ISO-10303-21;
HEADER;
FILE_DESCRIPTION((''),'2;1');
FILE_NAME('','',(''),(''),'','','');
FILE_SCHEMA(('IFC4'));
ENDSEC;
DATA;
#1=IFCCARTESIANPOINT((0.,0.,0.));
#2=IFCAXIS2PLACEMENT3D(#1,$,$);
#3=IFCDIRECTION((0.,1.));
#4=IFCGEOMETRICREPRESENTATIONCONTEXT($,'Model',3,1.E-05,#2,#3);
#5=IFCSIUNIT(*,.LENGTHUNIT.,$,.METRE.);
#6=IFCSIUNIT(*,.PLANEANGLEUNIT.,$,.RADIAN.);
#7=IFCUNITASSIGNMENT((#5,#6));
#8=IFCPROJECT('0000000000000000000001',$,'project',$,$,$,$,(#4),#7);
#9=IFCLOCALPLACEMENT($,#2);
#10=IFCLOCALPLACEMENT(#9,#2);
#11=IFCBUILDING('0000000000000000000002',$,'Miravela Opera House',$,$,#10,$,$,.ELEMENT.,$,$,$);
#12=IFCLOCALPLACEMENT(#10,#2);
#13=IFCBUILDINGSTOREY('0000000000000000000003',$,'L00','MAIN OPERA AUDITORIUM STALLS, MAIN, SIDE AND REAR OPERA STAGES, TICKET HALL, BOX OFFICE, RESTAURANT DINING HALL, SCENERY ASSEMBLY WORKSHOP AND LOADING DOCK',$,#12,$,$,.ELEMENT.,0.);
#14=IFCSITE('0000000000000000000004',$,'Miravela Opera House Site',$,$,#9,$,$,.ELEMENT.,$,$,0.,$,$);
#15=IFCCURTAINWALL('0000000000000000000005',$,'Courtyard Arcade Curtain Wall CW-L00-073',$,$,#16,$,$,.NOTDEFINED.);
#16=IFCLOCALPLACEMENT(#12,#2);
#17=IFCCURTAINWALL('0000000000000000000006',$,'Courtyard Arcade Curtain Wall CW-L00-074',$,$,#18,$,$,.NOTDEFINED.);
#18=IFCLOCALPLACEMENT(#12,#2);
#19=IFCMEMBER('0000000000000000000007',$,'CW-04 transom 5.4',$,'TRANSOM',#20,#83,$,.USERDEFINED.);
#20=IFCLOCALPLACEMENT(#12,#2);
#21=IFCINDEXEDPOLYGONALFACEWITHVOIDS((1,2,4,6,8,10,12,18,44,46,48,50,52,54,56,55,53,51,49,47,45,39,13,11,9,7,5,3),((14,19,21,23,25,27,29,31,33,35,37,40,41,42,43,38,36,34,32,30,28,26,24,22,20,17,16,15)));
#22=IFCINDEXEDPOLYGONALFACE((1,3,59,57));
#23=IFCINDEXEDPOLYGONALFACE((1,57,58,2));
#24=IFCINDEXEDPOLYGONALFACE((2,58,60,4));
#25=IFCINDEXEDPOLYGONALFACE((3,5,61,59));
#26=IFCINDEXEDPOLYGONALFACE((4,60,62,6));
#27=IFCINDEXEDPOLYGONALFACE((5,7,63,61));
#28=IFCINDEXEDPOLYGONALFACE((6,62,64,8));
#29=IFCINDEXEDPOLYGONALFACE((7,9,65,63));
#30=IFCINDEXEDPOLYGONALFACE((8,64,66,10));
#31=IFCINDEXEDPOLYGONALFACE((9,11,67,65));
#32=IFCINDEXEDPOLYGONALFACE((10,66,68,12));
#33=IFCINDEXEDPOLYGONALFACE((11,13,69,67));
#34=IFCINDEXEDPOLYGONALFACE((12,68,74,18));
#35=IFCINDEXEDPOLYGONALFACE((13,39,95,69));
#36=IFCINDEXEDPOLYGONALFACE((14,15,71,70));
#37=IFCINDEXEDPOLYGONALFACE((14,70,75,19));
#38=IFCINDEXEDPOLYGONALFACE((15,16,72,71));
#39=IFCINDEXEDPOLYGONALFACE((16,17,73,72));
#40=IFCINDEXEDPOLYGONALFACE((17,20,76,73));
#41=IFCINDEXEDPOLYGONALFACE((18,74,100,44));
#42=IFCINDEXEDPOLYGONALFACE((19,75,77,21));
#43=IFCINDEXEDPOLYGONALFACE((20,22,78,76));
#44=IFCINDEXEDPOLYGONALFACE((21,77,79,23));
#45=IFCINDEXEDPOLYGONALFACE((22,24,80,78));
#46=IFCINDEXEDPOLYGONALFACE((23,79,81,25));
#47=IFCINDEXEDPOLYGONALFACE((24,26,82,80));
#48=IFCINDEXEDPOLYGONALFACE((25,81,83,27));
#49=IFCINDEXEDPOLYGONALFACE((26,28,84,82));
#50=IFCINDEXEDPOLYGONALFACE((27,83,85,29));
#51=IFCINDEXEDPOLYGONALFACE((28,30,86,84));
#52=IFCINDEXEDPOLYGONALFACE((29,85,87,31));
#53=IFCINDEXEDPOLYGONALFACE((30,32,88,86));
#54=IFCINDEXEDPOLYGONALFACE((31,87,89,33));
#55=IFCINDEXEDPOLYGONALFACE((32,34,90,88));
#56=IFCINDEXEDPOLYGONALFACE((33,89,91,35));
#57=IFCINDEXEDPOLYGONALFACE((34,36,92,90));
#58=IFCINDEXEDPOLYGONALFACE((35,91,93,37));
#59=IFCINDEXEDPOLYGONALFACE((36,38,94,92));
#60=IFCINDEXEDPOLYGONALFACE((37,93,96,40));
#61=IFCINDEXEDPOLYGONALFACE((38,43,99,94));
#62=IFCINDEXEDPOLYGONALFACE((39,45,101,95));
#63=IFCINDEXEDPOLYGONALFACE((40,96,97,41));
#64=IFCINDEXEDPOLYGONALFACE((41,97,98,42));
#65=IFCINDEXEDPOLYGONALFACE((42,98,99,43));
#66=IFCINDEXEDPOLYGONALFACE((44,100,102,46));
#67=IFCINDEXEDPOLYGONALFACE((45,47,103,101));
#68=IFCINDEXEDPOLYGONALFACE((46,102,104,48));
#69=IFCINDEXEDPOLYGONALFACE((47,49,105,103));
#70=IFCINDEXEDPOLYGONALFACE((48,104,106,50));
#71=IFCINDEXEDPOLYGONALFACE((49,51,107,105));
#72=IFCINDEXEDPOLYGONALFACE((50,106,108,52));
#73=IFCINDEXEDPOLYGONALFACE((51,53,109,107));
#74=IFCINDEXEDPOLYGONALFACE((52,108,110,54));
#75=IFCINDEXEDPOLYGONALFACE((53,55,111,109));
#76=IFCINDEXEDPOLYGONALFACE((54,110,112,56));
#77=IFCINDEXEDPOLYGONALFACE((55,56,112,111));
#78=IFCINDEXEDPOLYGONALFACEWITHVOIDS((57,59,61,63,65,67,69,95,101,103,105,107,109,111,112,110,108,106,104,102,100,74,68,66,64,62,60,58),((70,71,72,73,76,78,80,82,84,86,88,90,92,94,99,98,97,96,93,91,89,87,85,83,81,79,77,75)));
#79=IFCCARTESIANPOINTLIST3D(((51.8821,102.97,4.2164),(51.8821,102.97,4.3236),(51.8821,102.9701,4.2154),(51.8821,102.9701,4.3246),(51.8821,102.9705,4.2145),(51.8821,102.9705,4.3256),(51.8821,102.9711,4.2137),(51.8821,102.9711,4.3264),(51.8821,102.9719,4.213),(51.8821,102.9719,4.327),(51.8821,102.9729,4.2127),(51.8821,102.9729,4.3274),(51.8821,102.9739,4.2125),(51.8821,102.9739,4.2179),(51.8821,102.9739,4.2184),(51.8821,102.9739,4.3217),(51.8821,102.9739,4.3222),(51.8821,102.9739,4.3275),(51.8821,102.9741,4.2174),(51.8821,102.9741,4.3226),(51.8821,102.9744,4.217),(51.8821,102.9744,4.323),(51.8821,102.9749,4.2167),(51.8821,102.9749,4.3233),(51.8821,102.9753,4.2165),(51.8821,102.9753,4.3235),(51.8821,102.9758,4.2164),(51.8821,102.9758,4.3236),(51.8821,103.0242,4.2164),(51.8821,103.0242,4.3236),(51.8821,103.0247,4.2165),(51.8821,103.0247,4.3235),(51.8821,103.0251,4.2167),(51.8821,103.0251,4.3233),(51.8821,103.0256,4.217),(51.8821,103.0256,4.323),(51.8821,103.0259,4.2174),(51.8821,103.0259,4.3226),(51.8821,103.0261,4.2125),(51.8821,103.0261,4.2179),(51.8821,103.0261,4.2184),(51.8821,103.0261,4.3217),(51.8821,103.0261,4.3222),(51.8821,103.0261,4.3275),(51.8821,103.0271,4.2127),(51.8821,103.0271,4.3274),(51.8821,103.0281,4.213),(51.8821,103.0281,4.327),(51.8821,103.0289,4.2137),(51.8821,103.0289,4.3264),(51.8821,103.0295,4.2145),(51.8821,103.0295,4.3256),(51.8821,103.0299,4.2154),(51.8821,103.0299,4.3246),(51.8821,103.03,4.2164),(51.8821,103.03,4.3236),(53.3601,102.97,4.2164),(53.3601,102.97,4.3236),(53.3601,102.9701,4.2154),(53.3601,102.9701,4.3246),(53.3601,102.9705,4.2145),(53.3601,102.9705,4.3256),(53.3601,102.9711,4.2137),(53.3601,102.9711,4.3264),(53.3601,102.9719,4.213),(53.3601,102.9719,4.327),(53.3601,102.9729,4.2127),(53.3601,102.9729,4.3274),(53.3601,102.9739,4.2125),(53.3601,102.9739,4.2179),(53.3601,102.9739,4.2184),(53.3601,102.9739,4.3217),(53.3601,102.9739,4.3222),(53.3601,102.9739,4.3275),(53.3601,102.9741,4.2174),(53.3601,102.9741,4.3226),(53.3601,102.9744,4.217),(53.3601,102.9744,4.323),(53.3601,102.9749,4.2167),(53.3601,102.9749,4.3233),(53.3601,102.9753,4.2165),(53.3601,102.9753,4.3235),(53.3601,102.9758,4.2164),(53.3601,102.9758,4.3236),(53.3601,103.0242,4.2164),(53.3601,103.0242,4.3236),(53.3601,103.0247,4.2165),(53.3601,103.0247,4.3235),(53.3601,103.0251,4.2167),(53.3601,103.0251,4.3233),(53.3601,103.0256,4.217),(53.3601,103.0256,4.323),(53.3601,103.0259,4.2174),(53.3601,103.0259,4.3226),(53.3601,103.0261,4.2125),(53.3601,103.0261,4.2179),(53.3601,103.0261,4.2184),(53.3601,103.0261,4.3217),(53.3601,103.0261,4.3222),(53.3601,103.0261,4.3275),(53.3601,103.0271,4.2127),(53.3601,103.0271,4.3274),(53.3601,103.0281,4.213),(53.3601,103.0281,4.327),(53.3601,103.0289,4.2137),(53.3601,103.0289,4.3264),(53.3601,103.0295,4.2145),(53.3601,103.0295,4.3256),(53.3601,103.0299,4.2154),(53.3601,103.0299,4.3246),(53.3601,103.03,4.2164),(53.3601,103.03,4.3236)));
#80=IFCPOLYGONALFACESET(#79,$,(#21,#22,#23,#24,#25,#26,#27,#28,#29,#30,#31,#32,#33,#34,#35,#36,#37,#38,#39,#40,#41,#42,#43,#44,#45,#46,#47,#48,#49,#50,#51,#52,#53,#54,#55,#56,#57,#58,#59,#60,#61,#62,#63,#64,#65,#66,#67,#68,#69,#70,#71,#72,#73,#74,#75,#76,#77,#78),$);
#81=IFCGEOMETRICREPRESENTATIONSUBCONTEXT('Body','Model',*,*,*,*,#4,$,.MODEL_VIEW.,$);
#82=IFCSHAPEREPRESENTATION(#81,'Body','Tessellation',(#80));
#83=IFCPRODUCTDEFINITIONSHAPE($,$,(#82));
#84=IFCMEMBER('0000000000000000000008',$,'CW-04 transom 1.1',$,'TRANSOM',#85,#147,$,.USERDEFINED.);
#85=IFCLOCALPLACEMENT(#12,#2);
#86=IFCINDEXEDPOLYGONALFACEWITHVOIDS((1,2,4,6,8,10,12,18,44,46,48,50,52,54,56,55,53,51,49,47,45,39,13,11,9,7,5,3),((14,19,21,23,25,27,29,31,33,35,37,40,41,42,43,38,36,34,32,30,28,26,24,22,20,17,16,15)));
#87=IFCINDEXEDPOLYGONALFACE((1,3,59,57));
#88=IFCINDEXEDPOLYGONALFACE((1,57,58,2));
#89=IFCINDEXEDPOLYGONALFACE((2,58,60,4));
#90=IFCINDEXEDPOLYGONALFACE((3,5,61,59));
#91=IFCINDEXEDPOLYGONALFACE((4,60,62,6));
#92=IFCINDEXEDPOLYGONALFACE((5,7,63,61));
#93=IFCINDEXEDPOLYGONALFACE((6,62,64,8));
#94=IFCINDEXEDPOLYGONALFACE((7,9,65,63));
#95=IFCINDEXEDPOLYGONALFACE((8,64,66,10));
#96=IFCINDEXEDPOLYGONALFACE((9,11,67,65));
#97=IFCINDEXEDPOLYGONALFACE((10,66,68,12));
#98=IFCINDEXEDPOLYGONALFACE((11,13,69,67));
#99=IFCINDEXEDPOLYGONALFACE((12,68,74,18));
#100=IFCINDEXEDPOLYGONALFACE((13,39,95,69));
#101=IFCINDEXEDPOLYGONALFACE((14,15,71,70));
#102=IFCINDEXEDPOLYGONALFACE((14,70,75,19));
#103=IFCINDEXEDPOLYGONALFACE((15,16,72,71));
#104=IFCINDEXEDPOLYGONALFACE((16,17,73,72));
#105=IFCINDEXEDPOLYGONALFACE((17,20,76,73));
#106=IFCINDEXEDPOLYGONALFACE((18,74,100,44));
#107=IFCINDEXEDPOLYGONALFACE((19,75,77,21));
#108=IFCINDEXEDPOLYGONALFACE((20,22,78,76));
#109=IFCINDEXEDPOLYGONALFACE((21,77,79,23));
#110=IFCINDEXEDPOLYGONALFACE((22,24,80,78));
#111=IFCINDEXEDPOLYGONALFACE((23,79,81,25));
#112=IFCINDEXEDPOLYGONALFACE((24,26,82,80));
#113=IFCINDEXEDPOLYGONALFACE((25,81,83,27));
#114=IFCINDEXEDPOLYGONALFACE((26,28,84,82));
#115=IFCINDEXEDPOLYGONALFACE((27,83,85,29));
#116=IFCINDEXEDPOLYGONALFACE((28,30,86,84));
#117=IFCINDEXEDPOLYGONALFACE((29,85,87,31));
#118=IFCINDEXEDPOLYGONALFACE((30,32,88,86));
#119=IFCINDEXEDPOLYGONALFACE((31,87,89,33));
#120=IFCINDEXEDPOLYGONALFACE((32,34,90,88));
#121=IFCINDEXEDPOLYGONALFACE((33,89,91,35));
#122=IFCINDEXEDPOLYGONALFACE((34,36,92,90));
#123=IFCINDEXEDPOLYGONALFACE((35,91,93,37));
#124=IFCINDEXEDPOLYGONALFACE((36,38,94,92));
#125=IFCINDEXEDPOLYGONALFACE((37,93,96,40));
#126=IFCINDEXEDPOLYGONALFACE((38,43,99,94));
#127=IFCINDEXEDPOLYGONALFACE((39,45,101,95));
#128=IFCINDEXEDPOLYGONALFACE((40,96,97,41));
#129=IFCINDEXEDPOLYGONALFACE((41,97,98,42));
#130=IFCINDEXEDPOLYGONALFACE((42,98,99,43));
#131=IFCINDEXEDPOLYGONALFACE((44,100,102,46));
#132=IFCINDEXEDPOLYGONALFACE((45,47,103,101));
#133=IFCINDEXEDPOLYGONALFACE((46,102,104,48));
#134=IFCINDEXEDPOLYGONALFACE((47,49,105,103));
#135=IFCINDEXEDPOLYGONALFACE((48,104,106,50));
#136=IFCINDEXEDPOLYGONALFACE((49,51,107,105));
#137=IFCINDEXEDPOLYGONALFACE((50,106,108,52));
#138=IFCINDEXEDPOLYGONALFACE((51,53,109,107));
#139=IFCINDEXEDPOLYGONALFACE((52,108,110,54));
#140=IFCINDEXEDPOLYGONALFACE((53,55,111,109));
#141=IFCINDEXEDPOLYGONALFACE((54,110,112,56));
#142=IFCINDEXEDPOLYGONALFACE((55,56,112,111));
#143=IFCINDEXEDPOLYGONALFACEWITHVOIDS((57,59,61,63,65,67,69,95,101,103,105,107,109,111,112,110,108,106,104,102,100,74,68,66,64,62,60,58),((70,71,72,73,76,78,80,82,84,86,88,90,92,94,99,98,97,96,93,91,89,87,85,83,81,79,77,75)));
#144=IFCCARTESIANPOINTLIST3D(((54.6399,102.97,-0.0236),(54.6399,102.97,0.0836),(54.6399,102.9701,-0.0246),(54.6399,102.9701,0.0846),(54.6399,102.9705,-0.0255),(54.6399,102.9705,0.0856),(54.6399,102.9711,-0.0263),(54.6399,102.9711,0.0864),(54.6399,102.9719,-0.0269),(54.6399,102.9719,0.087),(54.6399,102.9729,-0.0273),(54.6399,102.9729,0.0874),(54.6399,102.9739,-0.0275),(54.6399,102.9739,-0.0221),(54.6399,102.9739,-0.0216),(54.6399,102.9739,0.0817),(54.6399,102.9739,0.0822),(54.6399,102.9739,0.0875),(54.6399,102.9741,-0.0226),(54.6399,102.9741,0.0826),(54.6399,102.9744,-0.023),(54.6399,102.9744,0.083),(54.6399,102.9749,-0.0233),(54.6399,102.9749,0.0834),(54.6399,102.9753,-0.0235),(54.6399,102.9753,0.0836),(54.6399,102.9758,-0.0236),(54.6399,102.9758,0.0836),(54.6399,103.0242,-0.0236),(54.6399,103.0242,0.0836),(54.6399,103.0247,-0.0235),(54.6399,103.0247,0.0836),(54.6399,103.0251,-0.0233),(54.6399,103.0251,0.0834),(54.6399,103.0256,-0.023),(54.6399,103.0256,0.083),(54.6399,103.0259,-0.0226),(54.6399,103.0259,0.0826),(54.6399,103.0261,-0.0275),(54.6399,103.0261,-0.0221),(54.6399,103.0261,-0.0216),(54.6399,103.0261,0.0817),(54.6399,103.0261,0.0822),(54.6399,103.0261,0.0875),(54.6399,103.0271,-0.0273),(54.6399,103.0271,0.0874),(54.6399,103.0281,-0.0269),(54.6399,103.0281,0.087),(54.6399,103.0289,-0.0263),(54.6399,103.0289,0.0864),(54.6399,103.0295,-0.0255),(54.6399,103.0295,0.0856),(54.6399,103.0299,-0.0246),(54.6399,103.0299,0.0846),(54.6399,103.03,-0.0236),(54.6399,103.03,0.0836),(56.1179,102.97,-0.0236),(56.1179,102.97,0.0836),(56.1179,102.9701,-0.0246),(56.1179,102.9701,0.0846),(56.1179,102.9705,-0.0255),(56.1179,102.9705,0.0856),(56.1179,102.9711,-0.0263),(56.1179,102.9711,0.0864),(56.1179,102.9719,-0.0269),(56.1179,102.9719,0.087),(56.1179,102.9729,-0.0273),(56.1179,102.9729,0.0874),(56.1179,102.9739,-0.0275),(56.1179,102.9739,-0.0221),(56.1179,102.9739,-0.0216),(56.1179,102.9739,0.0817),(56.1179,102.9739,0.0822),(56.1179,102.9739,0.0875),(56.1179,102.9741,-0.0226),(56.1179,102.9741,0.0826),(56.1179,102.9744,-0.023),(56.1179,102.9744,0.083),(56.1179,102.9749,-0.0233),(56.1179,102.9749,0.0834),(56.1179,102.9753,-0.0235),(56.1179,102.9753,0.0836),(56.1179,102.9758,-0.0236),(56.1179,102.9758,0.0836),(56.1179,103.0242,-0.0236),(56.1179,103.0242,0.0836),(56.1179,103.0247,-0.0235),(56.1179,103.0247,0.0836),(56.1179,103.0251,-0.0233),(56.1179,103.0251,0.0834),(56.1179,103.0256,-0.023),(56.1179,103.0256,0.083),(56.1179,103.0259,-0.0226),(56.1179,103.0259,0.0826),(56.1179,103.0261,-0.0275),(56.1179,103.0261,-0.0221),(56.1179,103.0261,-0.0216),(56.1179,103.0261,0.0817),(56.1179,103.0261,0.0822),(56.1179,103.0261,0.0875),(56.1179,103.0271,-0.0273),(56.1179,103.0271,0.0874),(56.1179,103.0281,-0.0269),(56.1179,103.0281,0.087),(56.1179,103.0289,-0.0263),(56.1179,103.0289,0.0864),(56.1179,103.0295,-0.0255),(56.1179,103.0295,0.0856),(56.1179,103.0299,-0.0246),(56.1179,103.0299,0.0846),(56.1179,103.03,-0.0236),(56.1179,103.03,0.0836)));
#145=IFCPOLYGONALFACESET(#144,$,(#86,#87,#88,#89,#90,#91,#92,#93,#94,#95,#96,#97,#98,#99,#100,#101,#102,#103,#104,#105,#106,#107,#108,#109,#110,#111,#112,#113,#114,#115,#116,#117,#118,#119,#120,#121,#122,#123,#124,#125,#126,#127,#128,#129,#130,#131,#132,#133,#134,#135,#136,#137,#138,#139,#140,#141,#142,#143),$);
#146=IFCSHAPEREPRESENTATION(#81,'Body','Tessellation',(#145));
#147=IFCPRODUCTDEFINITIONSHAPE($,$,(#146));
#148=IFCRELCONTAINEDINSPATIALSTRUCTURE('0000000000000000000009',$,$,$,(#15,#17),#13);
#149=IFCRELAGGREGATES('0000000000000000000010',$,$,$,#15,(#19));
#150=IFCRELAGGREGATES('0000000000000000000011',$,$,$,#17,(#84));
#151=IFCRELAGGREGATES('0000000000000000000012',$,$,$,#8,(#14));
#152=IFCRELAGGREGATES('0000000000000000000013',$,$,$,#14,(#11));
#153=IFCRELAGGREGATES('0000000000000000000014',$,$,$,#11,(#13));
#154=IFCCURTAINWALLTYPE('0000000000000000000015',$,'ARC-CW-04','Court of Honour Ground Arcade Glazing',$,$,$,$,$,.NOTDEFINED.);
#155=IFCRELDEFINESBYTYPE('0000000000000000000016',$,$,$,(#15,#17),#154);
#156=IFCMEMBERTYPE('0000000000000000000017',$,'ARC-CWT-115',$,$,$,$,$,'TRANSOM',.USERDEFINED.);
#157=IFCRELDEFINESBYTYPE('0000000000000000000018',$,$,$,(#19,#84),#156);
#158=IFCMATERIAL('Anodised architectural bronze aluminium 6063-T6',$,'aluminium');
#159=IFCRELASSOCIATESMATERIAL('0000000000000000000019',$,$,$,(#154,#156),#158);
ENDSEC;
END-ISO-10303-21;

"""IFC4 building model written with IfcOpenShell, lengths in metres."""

from ifc_helpers import new_model, si_unit, direction, frame, origin, origin_2d, place, context, subcontext, project, spatial, hollow_rectangle, extrude, material, material_profile, profile_set, type_object, element, aggregate, save


model = new_model("IFC4")

# Units and contexts
model_context = context("Model", 3, precision=1e-05, world=origin(), true_north=direction((0.0, 1.0)))
body_context = subcontext(model_context, "Body", "Model", "MODEL_VIEW")
ifc_project = project(units=[si_unit("LENGTHUNIT", "METRE"), si_unit("PLANEANGLEUNIT", "RADIAN")], contexts=[model_context])

# Site, building, storey
site_placement = place(None, origin())
site = spatial("IfcSite", under=ifc_project, at=site_placement, Name="Miravela Opera House Site", CompositionType="ELEMENT", RefElevation=0.0)
building_placement = place(site_placement, origin())
building = spatial("IfcBuilding", under=site, at=building_placement, Name="Miravela Opera House", CompositionType="ELEMENT")
storey_placement = place(building_placement, origin())
storey = spatial("IfcBuildingStorey", under=building, at=storey_placement, Name="L00", Description="MAIN OPERA AUDITORIUM STALLS, MAIN, SIDE AND REAR OPERA STAGES, TICKET HALL, BOX OFFICE, RESTAURANT DINING HALL, SCENERY ASSEMBLY WORKSHOP AND LOADING DOCK", CompositionType="ELEMENT", Elevation=0.0)

# Curtain wall
ifc_material_1 = material(Name="Anodised architectural bronze aluminium 6063-T6", Category="aluminium")
curtain_wall_type = type_object("IfcCurtainWallType", Name="ARC-CW-04", Description="Court of Honour Ground Arcade Glazing", PredefinedType="NOTDEFINED", material=ifc_material_1)
curtain_wall_1_placement = place(storey_placement, origin())
curtain_wall_1 = element("IfcCurtainWall", 1, at=curtain_wall_1_placement, inside=storey, type_object=curtain_wall_type, Name="Courtyard Arcade Curtain Wall CW-L00-073", PredefinedType="NOTDEFINED")

# Curtain wall
curtain_wall_2_placement = place(storey_placement, origin())
curtain_wall_2 = element("IfcCurtainWall", 2, at=curtain_wall_2_placement, inside=storey, type_object=curtain_wall_type, Name="Courtyard Arcade Curtain Wall CW-L00-074", PredefinedType="NOTDEFINED")

# Members
ifc_material_profile_1 = material_profile(ifc_material_1, hollow_rectangle(XDim=0.0601, YDim=0.115, WallThickness=0.0039, InnerFilletRadius=0.002, OuterFilletRadius=0.0039, at=origin_2d()), Name="CWT-60X115")
ifc_profile_set_1 = profile_set([ifc_material_profile_1])
member_type_1 = type_object("IfcMemberType", Name="ARC-CWT-115", ElementType="TRANSOM", PredefinedType="USERDEFINED", material=ifc_profile_set_1)
member_1_placement = place(storey_placement, frame((51.8821, 103.0, 4.27), z_axis=(1.0, 0.0, 0.0), x_axis=(0.0, 1.0, 0.0)))
member_1 = element("IfcMember", 3, at=member_1_placement, type_object=member_type_1, Name="CW-04 transom 5.4", ObjectType="TRANSOM", PredefinedType="USERDEFINED", context=body_context, shape_type="SweptSolid", body=[
    extrude(hollow_rectangle(XDim=0.0601, YDim=0.115, WallThickness=0.0039, InnerFilletRadius=0.002, OuterFilletRadius=0.0039, at=origin_2d()), origin(), (0.0, 0.0, 1.0), 1.478),
])
member_2_placement = place(storey_placement, frame((54.6399, 103.0, 0.03), z_axis=(1.0, 0.0, 0.0), x_axis=(0.0, 1.0, 0.0)))
member_2 = element("IfcMember", 4, at=member_2_placement, type_object=member_type_1, Name="CW-04 transom 1.1", ObjectType="TRANSOM", PredefinedType="USERDEFINED", context=body_context, shape_type="SweptSolid", body=[
    extrude(hollow_rectangle(XDim=0.0601, YDim=0.115, WallThickness=0.0039, InnerFilletRadius=0.002, OuterFilletRadius=0.0039, at=origin_2d()), origin(), (0.0, 0.0, 1.0), 1.478),
])

aggregate(curtain_wall_1, [member_1])
aggregate(curtain_wall_2, [member_2])

save(model, "model.ifc")
